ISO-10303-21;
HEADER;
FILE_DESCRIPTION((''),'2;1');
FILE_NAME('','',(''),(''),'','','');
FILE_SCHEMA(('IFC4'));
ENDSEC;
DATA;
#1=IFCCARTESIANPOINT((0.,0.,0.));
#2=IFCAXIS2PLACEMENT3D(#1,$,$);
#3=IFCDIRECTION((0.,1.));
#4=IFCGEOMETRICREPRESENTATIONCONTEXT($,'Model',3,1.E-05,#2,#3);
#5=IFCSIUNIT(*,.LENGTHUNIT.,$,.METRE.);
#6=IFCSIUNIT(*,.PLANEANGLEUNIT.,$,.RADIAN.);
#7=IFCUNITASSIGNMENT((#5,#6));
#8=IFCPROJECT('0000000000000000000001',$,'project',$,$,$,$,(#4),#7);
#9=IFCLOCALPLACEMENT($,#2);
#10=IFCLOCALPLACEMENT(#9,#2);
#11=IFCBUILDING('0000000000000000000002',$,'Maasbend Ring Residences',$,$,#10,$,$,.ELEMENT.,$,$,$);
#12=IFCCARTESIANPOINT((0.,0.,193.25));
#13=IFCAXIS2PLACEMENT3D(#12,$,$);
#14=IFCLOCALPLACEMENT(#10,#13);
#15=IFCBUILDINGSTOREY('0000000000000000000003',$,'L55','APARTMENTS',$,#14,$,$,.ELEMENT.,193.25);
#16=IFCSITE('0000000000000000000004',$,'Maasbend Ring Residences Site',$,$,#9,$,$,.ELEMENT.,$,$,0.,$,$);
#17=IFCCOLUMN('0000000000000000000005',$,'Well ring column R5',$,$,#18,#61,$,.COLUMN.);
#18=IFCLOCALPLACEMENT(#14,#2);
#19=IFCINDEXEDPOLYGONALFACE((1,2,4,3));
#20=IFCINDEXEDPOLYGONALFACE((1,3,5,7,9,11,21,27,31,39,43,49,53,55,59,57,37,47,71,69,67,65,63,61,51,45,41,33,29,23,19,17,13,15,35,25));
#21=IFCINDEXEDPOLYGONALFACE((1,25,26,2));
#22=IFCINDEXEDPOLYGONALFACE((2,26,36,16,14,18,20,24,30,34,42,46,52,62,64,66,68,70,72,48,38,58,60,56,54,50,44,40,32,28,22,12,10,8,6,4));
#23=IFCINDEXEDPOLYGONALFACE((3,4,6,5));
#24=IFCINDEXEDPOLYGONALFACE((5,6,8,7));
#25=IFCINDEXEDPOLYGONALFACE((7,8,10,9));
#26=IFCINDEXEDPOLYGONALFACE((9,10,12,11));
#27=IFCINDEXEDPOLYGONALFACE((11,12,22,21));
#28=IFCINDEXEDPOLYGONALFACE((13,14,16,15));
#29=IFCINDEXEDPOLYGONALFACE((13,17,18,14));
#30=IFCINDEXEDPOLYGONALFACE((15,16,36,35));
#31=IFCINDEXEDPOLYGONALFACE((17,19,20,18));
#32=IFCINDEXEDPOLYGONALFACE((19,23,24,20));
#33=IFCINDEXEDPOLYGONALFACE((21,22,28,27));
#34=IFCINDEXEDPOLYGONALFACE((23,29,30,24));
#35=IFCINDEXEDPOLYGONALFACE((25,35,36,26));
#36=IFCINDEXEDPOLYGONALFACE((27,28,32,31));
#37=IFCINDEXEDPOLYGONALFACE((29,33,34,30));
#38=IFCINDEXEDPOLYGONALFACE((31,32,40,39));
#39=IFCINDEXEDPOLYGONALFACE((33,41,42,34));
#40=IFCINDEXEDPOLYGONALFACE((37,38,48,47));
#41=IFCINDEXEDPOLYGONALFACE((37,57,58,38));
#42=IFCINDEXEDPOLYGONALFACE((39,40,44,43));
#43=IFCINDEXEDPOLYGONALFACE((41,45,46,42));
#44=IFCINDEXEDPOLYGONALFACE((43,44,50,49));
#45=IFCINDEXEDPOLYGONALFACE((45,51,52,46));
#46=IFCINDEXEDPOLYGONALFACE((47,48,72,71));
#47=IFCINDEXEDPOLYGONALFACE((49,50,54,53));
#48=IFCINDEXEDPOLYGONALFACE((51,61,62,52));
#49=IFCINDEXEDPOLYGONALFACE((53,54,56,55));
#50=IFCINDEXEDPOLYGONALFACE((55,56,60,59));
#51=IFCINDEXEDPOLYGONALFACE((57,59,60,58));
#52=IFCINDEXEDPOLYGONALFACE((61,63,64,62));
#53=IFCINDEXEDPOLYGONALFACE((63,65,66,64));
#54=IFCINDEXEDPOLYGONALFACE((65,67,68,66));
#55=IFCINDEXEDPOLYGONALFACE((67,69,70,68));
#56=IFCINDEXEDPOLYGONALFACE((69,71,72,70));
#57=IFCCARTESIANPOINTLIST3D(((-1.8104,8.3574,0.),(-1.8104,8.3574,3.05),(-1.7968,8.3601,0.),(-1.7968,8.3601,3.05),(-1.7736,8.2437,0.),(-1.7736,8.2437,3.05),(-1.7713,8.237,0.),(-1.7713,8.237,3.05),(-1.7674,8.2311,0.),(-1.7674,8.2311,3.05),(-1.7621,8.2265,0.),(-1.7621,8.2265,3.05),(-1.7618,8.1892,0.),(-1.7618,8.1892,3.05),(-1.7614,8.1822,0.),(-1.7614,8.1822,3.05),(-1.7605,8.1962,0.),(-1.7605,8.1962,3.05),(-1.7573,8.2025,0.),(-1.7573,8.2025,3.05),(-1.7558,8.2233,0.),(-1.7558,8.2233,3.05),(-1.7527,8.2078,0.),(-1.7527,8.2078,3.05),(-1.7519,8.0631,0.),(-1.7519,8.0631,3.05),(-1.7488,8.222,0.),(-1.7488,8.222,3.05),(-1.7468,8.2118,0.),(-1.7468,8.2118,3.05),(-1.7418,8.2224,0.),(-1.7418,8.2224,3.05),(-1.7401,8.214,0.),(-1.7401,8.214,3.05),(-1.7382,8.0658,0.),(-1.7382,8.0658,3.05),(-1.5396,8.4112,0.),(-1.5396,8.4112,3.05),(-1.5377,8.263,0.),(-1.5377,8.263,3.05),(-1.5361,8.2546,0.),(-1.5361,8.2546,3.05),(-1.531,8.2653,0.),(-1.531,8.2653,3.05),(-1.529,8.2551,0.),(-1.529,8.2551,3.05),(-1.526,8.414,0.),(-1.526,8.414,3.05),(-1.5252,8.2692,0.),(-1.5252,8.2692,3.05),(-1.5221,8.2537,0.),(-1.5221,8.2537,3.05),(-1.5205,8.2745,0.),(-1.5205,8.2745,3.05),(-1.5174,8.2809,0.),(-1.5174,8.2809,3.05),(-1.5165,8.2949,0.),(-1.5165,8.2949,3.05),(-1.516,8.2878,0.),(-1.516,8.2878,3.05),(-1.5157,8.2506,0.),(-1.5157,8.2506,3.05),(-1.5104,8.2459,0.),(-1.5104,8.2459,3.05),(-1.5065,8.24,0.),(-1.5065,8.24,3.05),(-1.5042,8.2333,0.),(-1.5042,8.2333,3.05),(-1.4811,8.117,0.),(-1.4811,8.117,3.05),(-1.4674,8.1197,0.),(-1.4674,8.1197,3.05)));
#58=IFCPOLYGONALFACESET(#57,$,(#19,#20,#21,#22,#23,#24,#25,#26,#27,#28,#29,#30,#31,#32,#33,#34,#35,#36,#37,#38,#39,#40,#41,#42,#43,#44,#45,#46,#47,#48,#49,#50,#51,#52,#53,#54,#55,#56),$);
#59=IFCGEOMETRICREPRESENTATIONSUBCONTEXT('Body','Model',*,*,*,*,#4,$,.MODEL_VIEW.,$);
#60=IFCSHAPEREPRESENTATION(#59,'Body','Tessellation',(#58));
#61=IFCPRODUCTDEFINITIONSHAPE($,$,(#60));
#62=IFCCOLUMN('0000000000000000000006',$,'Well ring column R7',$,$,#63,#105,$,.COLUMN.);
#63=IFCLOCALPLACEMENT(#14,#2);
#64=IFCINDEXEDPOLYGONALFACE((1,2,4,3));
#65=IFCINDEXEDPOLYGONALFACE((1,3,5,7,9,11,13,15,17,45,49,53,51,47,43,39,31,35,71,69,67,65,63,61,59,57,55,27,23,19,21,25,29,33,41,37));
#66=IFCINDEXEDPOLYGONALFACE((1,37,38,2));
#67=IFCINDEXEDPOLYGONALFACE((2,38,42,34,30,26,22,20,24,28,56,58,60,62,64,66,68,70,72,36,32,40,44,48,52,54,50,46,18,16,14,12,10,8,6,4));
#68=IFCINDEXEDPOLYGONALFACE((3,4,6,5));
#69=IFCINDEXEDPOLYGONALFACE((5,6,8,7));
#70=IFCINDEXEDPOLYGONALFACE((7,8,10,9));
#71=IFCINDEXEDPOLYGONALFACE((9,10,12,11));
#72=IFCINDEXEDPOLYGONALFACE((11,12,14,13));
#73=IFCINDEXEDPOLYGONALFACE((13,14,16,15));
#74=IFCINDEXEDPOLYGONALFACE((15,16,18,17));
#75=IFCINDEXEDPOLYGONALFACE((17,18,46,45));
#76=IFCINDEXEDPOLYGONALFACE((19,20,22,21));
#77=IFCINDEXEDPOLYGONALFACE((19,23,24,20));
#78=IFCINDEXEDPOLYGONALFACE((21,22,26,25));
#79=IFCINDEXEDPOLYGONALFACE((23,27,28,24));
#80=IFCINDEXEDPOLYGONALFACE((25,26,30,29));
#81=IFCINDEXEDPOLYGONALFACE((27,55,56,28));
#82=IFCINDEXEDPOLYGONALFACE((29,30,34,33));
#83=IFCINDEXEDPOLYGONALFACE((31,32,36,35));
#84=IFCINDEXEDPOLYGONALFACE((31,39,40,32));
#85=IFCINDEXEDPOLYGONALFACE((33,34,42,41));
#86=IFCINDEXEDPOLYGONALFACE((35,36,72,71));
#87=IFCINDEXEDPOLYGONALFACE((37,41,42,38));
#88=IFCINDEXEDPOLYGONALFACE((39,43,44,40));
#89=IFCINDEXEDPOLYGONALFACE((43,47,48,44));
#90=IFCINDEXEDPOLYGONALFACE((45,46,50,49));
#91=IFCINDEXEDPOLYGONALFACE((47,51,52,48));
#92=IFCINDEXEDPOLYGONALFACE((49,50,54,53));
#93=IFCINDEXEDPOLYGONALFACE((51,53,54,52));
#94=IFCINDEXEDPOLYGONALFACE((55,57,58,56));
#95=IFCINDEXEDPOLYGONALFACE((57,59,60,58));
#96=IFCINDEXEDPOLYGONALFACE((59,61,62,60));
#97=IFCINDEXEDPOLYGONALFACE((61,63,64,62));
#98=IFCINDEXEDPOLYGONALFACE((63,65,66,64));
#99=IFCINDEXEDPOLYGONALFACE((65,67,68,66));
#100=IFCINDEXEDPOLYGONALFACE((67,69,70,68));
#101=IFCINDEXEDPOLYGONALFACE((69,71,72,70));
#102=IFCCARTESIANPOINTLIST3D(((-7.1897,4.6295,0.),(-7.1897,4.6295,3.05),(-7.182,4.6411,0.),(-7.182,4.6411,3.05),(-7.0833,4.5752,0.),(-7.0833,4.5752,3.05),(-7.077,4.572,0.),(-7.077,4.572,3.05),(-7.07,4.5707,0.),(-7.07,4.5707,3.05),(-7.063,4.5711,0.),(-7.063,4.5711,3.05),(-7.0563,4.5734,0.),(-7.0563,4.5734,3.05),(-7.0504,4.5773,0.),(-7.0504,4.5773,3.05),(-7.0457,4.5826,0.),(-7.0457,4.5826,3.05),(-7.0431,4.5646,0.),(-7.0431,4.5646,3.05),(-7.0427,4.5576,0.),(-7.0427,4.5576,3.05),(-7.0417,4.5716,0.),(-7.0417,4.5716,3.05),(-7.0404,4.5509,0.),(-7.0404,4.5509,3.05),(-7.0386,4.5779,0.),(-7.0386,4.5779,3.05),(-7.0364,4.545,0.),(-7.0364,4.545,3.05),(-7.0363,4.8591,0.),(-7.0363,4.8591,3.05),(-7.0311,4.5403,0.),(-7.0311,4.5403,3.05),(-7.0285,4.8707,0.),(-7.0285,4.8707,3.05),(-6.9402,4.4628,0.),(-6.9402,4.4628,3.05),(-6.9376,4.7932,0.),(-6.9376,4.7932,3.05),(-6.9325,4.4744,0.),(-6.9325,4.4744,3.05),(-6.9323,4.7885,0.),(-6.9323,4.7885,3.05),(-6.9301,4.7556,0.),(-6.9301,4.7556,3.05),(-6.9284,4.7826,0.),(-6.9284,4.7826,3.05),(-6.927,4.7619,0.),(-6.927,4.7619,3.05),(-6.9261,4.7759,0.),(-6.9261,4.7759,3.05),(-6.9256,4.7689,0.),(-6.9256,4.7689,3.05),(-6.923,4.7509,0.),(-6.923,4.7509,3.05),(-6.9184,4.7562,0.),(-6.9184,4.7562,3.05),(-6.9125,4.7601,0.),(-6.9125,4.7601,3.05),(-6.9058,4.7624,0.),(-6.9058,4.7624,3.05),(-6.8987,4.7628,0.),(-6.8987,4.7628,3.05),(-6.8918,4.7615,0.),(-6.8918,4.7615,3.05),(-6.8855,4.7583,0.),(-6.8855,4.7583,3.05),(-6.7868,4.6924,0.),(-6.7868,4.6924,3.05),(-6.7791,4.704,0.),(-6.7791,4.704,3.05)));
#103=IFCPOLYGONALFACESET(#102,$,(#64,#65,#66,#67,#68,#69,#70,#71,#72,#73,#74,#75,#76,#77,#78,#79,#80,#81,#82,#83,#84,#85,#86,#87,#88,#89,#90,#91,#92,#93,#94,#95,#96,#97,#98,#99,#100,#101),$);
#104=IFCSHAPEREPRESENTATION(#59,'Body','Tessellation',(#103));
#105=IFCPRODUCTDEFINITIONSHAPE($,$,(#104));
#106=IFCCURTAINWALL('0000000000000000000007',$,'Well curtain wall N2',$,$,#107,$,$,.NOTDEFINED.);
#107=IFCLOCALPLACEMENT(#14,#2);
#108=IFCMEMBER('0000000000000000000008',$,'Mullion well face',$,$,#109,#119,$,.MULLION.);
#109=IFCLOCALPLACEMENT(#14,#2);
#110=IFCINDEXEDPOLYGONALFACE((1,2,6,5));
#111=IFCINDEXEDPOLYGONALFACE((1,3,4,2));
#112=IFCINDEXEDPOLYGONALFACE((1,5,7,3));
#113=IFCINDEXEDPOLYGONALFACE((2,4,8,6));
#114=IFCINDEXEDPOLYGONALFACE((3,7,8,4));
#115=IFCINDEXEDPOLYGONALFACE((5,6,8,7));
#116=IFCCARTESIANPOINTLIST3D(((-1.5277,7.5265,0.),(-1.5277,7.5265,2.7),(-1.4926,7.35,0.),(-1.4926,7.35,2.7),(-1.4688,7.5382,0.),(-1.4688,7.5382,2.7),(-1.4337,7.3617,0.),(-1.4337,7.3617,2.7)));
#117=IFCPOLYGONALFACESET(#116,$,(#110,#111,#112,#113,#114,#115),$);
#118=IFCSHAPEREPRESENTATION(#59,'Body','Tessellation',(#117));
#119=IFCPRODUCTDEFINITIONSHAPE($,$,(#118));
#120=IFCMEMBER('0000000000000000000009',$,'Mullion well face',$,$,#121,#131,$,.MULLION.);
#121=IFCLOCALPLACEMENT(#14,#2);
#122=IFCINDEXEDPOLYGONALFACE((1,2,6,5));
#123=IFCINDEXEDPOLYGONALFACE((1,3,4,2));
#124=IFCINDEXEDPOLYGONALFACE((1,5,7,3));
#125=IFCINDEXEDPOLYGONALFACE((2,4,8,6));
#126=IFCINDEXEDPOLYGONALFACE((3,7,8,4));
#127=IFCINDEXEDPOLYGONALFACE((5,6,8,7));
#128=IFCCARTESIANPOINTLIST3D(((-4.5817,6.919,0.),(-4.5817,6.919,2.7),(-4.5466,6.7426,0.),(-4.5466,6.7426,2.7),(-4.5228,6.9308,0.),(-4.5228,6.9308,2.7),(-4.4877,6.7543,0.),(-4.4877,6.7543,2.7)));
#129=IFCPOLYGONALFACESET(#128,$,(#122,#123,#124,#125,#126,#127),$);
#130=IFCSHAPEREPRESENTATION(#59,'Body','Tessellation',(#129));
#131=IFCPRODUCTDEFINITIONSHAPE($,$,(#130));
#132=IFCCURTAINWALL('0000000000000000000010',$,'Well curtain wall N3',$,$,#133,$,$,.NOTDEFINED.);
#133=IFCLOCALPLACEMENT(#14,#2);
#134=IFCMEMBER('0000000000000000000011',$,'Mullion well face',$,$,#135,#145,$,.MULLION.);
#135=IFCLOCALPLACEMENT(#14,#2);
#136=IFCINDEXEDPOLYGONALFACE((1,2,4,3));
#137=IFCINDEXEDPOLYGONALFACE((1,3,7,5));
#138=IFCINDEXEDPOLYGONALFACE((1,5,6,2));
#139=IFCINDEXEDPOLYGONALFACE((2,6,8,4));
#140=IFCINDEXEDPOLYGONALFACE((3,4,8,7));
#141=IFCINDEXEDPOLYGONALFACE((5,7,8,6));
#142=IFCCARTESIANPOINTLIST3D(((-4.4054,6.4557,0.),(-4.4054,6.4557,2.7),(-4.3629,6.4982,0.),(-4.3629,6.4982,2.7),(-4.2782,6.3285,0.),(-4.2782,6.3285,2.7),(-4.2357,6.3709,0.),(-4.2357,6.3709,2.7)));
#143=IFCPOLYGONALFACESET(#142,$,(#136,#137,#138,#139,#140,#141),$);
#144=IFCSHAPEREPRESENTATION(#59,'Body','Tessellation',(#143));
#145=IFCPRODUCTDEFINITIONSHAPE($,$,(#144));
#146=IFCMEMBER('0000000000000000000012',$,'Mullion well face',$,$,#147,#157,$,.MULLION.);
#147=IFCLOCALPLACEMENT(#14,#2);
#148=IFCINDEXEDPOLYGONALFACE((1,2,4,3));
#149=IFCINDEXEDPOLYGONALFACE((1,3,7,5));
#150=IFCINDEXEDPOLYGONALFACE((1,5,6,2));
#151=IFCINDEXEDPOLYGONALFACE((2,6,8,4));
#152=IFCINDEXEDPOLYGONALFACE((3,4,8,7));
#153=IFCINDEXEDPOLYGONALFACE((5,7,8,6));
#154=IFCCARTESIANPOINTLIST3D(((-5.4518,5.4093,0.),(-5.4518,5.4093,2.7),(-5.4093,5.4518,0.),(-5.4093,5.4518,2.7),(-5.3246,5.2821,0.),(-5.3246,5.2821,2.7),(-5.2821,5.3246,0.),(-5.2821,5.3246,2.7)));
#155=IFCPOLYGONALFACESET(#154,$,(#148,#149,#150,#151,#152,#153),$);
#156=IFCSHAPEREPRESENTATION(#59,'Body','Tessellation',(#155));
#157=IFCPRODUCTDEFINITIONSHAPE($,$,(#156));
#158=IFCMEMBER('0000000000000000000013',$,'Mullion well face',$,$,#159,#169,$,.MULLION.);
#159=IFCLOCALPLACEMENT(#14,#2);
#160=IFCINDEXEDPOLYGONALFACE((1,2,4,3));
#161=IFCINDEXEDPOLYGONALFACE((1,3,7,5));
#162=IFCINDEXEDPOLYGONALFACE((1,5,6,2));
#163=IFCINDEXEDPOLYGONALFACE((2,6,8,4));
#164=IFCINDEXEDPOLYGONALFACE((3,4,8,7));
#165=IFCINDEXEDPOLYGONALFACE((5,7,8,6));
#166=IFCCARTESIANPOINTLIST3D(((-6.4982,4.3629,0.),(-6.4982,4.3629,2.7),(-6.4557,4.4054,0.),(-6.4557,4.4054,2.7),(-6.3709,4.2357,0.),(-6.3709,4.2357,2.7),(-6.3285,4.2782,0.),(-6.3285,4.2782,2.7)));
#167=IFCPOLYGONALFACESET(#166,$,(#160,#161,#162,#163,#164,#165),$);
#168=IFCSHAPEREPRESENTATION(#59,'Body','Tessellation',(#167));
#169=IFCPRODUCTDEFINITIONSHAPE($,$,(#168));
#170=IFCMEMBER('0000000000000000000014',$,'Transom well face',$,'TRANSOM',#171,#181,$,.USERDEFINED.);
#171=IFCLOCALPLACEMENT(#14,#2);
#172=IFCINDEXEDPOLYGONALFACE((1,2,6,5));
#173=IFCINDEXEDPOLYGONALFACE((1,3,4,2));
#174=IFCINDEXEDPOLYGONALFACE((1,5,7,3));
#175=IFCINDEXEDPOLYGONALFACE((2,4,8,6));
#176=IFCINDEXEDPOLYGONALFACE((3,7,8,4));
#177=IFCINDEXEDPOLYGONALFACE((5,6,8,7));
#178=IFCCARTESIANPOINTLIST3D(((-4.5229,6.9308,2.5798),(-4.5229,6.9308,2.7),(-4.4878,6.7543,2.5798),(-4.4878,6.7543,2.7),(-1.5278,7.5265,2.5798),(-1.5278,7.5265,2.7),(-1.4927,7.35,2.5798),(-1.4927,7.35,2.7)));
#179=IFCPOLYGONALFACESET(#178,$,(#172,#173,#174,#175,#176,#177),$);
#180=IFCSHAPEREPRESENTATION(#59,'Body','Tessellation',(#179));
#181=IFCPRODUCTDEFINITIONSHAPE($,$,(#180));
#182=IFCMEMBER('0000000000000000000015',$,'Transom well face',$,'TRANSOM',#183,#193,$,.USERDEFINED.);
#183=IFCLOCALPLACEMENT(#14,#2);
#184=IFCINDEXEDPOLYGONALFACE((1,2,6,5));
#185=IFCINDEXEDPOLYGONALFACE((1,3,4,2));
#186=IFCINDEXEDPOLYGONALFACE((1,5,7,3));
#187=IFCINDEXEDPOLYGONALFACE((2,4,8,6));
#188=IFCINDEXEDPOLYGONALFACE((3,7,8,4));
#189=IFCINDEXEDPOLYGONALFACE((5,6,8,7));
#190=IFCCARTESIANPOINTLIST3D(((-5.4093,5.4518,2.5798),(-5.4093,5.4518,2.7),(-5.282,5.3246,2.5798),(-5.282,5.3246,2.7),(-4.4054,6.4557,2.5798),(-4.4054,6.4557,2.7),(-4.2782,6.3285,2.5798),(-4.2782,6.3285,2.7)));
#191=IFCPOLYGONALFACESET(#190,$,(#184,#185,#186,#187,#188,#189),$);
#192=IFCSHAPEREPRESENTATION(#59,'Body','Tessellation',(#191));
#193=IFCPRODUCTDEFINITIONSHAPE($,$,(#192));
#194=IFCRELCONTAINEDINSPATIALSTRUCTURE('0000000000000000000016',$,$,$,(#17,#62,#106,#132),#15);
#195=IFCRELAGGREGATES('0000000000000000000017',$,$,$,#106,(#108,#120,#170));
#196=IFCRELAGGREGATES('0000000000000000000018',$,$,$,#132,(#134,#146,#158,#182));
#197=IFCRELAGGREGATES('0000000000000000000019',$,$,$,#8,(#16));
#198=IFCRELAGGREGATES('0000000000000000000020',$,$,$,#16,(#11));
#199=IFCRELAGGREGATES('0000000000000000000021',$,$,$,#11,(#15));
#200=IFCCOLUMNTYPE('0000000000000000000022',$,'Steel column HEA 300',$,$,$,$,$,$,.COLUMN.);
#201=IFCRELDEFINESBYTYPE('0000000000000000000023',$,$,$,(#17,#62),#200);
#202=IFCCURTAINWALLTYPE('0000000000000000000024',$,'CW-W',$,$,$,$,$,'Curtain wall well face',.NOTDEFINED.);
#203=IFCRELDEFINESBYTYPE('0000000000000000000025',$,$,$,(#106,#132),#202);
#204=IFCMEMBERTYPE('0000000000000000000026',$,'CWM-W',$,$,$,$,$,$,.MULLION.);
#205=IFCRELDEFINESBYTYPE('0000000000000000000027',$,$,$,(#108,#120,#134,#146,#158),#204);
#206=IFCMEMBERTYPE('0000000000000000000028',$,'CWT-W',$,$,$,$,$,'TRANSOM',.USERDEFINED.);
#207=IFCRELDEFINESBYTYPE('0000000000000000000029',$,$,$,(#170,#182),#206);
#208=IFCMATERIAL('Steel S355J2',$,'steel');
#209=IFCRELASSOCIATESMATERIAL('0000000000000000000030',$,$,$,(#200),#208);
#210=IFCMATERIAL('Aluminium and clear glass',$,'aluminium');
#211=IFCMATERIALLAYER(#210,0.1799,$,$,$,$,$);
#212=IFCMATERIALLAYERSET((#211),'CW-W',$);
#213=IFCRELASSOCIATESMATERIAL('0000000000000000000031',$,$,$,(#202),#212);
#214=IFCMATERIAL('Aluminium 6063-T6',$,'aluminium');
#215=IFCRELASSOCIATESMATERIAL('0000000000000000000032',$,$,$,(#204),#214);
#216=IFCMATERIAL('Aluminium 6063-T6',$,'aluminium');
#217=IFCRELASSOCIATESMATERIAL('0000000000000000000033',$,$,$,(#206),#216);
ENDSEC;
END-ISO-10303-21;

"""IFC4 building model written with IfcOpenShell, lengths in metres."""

from ifc_helpers import new_model, si_unit, direction, frame, origin, origin_2d, place, context, subcontext, project, spatial, rectangle, i_section, extrude, material, layer, layer_set, material_profile, profile_set, type_object, element, aggregate, save


model = new_model("IFC4")

# Units and contexts
model_context = context("Model", 3, precision=1e-05, world=origin(), true_north=direction((0.0, 1.0)))
body_context = subcontext(model_context, "Body", "Model", "MODEL_VIEW")
ifc_project = project(units=[si_unit("LENGTHUNIT", "METRE"), si_unit("PLANEANGLEUNIT", "RADIAN")], contexts=[model_context])

# Site, building, storey
site_placement = place(None, origin())
site = spatial("IfcSite", under=ifc_project, at=site_placement, Name="Maasbend Ring Residences Site", CompositionType="ELEMENT", RefElevation=0.0)
building_placement = place(site_placement, origin())
building = spatial("IfcBuilding", under=site, at=building_placement, Name="Maasbend Ring Residences", CompositionType="ELEMENT")
storey_placement = place(building_placement, frame((0.0, 0.0, 193.25)))
storey = spatial("IfcBuildingStorey", under=building, at=storey_placement, Name="L55", Description="APARTMENTS", CompositionType="ELEMENT", Elevation=193.25)

# Columns
ifc_material_1 = material(Name="Steel S355J2", Category="steel")
ifc_material_profile_1 = material_profile(ifc_material_1, i_section(OverallWidth=0.3, OverallDepth=0.29, WebThickness=0.0085, FlangeThickness=0.0139, FilletRadius=0.0271, at=origin_2d()), Name="HEA 300")
ifc_profile_set_1 = profile_set([ifc_material_profile_1], Name="Steel S355J2")
column_type = type_object("IfcColumnType", Name="Steel column HEA 300", PredefinedType="COLUMN", material=ifc_profile_set_1)
for number, where, z_axis, x_axis, name in (
    (1, (-1.6389, 8.2385, 0.0), (0.0, 0.0, 1.0), (-0.19509, 0.980785, 0.0), "Well ring column R5"),
    (2, (-6.9844, 4.6667, 0.0), (0.0, 0.0, 1.0), (-0.83147, 0.55557, 0.0), "Well ring column R7"),
):
    element("IfcColumn", number, at=place(storey_placement, frame(where, z_axis=z_axis, x_axis=x_axis)), inside=storey, type_object=column_type, Name=name, PredefinedType="COLUMN", context=body_context, shape_type="SweptSolid", body=[
        extrude(i_section(OverallWidth=0.3, OverallDepth=0.29, WebThickness=0.0085, FlangeThickness=0.0139, FilletRadius=0.0271, at=origin_2d()), origin(), (0.0, 0.0, 1.0), 3.05),
    ])

# Curtain walls, members
ifc_material_2 = material(Name="Aluminium and clear glass", Category="aluminium")
ifc_layer_1 = layer(ifc_material_2, 0.1799)
ifc_layer_set_1 = layer_set([ifc_layer_1], Name="CW-W")
curtain_wall_type = type_object("IfcCurtainWallType", Name="CW-W", ElementType="Curtain wall well face", PredefinedType="NOTDEFINED", material=ifc_layer_set_1)
curtain_wall_1_placement = place(storey_placement, origin())
curtain_wall_1 = element("IfcCurtainWall", 3, at=curtain_wall_1_placement, inside=storey, type_object=curtain_wall_type, Name="Well curtain wall N2", PredefinedType="NOTDEFINED")
ifc_material_3 = material(Name="Aluminium 6063-T6", Category="aluminium")
ifc_material_profile_2 = material_profile(ifc_material_3, rectangle(XDim=0.1799, YDim=0.0601, at=origin_2d()), Name="AL 180x60")
ifc_profile_set_2 = profile_set([ifc_material_profile_2], Name="Aluminium 6063-T6")
member_type_1 = type_object("IfcMemberType", Name="CWM-W", PredefinedType="MULLION", material=ifc_profile_set_2)
member_1_placement = place(storey_placement, frame((-1.4807, 7.4441, 0.0), z_axis=(0.0, 0.0, 1.0), x_axis=(0.19509, -0.980785, 0.0)))
member_1 = element("IfcMember", 4, at=member_1_placement, type_object=member_type_1, Name="Mullion well face", PredefinedType="MULLION", context=body_context, shape_type="SweptSolid", body=[
    extrude(rectangle(XDim=0.1799, YDim=0.0601, at=origin_2d()), origin(), (0.0, 0.0, 1.0), 2.7),
])
member_2_placement = place(storey_placement, frame((-4.5347, 6.8367, 0.0), z_axis=(0.0, 0.0, 1.0), x_axis=(0.19509, -0.980785, 0.0)))
member_2 = element("IfcMember", 5, at=member_2_placement, type_object=member_type_1, Name="Mullion well face", PredefinedType="MULLION", context=body_context, shape_type="SweptSolid", body=[
    extrude(rectangle(XDim=0.1799, YDim=0.0601, at=origin_2d()), origin(), (0.0, 0.0, 1.0), 2.7),
])
curtain_wall_2_placement = place(storey_placement, origin())
curtain_wall_2 = element("IfcCurtainWall", 6, at=curtain_wall_2_placement, inside=storey, type_object=curtain_wall_type, Name="Well curtain wall N3", PredefinedType="NOTDEFINED")
member_3_placement = place(storey_placement, frame((-4.3206, 6.4133, 0.0), z_axis=(0.0, 0.0, 1.0), x_axis=(0.707107, -0.707107, 0.0)))
member_3 = element("IfcMember", 7, at=member_3_placement, type_object=member_type_1, Name="Mullion well face", PredefinedType="MULLION", context=body_context, shape_type="SweptSolid", body=[
    extrude(rectangle(XDim=0.1799, YDim=0.0601, at=origin_2d()), origin(), (0.0, 0.0, 1.0), 2.7),
])
member_4_placement = place(storey_placement, frame((-5.3669, 5.3669, 0.0), z_axis=(0.0, 0.0, 1.0), x_axis=(0.707107, -0.707107, 0.0)))
member_4 = element("IfcMember", 8, at=member_4_placement, type_object=member_type_1, Name="Mullion well face", PredefinedType="MULLION", context=body_context, shape_type="SweptSolid", body=[
    extrude(rectangle(XDim=0.1799, YDim=0.0601, at=origin_2d()), origin(), (0.0, 0.0, 1.0), 2.7),
])
member_5_placement = place(storey_placement, frame((-6.4133, 4.3206, 0.0), z_axis=(0.0, 0.0, 1.0), x_axis=(0.707107, -0.707107, 0.0)))
member_5 = element("IfcMember", 9, at=member_5_placement, type_object=member_type_1, Name="Mullion well face", PredefinedType="MULLION", context=body_context, shape_type="SweptSolid", body=[
    extrude(rectangle(XDim=0.1799, YDim=0.0601, at=origin_2d()), origin(), (0.0, 0.0, 1.0), 2.7),
])

# Members
ifc_material_4 = material(Name="Aluminium 6063-T6", Category="aluminium")
ifc_material_profile_3 = material_profile(ifc_material_4, rectangle(XDim=0.1799, YDim=0.1201, at=origin_2d()), Name="AL 180x120")
ifc_profile_set_3 = profile_set([ifc_material_profile_3], Name="Aluminium 6063-T6")
member_type_2 = type_object("IfcMemberType", Name="CWT-W", ElementType="TRANSOM", PredefinedType="USERDEFINED", material=ifc_profile_set_3)
member_6_placement = place(storey_placement, frame((-1.5103, 7.4382, 2.6399), z_axis=(-0.980789, -0.195071, 0.0), x_axis=(0.195071, -0.980789, 0.0)))
member_6 = element("IfcMember", 10, at=member_6_placement, type_object=member_type_2, Name="Transom well face", ObjectType="TRANSOM", PredefinedType="USERDEFINED", context=body_context, shape_type="SweptSolid", body=[
    extrude(rectangle(XDim=0.1799, YDim=0.1201, at=origin_2d()), origin(), (0.0, 0.0, 1.0), 3.0537),
])
member_7_placement = place(storey_placement, frame((-4.3418, 6.3921, 2.6399), z_axis=(-0.707107, -0.707107, 0.0), x_axis=(0.707107, -0.707107, 0.0)))
member_7 = element("IfcMember", 11, at=member_7_placement, type_object=member_type_2, Name="Transom well face", ObjectType="TRANSOM", PredefinedType="USERDEFINED", context=body_context, shape_type="SweptSolid", body=[
    extrude(rectangle(XDim=0.1799, YDim=0.1201, at=origin_2d()), origin(), (0.0, 0.0, 1.0), 1.4197),
])

aggregate(curtain_wall_1, [member_1, member_2, member_6])
aggregate(curtain_wall_2, [member_3, member_4, member_5, member_7])

save(model, "model.ifc")
